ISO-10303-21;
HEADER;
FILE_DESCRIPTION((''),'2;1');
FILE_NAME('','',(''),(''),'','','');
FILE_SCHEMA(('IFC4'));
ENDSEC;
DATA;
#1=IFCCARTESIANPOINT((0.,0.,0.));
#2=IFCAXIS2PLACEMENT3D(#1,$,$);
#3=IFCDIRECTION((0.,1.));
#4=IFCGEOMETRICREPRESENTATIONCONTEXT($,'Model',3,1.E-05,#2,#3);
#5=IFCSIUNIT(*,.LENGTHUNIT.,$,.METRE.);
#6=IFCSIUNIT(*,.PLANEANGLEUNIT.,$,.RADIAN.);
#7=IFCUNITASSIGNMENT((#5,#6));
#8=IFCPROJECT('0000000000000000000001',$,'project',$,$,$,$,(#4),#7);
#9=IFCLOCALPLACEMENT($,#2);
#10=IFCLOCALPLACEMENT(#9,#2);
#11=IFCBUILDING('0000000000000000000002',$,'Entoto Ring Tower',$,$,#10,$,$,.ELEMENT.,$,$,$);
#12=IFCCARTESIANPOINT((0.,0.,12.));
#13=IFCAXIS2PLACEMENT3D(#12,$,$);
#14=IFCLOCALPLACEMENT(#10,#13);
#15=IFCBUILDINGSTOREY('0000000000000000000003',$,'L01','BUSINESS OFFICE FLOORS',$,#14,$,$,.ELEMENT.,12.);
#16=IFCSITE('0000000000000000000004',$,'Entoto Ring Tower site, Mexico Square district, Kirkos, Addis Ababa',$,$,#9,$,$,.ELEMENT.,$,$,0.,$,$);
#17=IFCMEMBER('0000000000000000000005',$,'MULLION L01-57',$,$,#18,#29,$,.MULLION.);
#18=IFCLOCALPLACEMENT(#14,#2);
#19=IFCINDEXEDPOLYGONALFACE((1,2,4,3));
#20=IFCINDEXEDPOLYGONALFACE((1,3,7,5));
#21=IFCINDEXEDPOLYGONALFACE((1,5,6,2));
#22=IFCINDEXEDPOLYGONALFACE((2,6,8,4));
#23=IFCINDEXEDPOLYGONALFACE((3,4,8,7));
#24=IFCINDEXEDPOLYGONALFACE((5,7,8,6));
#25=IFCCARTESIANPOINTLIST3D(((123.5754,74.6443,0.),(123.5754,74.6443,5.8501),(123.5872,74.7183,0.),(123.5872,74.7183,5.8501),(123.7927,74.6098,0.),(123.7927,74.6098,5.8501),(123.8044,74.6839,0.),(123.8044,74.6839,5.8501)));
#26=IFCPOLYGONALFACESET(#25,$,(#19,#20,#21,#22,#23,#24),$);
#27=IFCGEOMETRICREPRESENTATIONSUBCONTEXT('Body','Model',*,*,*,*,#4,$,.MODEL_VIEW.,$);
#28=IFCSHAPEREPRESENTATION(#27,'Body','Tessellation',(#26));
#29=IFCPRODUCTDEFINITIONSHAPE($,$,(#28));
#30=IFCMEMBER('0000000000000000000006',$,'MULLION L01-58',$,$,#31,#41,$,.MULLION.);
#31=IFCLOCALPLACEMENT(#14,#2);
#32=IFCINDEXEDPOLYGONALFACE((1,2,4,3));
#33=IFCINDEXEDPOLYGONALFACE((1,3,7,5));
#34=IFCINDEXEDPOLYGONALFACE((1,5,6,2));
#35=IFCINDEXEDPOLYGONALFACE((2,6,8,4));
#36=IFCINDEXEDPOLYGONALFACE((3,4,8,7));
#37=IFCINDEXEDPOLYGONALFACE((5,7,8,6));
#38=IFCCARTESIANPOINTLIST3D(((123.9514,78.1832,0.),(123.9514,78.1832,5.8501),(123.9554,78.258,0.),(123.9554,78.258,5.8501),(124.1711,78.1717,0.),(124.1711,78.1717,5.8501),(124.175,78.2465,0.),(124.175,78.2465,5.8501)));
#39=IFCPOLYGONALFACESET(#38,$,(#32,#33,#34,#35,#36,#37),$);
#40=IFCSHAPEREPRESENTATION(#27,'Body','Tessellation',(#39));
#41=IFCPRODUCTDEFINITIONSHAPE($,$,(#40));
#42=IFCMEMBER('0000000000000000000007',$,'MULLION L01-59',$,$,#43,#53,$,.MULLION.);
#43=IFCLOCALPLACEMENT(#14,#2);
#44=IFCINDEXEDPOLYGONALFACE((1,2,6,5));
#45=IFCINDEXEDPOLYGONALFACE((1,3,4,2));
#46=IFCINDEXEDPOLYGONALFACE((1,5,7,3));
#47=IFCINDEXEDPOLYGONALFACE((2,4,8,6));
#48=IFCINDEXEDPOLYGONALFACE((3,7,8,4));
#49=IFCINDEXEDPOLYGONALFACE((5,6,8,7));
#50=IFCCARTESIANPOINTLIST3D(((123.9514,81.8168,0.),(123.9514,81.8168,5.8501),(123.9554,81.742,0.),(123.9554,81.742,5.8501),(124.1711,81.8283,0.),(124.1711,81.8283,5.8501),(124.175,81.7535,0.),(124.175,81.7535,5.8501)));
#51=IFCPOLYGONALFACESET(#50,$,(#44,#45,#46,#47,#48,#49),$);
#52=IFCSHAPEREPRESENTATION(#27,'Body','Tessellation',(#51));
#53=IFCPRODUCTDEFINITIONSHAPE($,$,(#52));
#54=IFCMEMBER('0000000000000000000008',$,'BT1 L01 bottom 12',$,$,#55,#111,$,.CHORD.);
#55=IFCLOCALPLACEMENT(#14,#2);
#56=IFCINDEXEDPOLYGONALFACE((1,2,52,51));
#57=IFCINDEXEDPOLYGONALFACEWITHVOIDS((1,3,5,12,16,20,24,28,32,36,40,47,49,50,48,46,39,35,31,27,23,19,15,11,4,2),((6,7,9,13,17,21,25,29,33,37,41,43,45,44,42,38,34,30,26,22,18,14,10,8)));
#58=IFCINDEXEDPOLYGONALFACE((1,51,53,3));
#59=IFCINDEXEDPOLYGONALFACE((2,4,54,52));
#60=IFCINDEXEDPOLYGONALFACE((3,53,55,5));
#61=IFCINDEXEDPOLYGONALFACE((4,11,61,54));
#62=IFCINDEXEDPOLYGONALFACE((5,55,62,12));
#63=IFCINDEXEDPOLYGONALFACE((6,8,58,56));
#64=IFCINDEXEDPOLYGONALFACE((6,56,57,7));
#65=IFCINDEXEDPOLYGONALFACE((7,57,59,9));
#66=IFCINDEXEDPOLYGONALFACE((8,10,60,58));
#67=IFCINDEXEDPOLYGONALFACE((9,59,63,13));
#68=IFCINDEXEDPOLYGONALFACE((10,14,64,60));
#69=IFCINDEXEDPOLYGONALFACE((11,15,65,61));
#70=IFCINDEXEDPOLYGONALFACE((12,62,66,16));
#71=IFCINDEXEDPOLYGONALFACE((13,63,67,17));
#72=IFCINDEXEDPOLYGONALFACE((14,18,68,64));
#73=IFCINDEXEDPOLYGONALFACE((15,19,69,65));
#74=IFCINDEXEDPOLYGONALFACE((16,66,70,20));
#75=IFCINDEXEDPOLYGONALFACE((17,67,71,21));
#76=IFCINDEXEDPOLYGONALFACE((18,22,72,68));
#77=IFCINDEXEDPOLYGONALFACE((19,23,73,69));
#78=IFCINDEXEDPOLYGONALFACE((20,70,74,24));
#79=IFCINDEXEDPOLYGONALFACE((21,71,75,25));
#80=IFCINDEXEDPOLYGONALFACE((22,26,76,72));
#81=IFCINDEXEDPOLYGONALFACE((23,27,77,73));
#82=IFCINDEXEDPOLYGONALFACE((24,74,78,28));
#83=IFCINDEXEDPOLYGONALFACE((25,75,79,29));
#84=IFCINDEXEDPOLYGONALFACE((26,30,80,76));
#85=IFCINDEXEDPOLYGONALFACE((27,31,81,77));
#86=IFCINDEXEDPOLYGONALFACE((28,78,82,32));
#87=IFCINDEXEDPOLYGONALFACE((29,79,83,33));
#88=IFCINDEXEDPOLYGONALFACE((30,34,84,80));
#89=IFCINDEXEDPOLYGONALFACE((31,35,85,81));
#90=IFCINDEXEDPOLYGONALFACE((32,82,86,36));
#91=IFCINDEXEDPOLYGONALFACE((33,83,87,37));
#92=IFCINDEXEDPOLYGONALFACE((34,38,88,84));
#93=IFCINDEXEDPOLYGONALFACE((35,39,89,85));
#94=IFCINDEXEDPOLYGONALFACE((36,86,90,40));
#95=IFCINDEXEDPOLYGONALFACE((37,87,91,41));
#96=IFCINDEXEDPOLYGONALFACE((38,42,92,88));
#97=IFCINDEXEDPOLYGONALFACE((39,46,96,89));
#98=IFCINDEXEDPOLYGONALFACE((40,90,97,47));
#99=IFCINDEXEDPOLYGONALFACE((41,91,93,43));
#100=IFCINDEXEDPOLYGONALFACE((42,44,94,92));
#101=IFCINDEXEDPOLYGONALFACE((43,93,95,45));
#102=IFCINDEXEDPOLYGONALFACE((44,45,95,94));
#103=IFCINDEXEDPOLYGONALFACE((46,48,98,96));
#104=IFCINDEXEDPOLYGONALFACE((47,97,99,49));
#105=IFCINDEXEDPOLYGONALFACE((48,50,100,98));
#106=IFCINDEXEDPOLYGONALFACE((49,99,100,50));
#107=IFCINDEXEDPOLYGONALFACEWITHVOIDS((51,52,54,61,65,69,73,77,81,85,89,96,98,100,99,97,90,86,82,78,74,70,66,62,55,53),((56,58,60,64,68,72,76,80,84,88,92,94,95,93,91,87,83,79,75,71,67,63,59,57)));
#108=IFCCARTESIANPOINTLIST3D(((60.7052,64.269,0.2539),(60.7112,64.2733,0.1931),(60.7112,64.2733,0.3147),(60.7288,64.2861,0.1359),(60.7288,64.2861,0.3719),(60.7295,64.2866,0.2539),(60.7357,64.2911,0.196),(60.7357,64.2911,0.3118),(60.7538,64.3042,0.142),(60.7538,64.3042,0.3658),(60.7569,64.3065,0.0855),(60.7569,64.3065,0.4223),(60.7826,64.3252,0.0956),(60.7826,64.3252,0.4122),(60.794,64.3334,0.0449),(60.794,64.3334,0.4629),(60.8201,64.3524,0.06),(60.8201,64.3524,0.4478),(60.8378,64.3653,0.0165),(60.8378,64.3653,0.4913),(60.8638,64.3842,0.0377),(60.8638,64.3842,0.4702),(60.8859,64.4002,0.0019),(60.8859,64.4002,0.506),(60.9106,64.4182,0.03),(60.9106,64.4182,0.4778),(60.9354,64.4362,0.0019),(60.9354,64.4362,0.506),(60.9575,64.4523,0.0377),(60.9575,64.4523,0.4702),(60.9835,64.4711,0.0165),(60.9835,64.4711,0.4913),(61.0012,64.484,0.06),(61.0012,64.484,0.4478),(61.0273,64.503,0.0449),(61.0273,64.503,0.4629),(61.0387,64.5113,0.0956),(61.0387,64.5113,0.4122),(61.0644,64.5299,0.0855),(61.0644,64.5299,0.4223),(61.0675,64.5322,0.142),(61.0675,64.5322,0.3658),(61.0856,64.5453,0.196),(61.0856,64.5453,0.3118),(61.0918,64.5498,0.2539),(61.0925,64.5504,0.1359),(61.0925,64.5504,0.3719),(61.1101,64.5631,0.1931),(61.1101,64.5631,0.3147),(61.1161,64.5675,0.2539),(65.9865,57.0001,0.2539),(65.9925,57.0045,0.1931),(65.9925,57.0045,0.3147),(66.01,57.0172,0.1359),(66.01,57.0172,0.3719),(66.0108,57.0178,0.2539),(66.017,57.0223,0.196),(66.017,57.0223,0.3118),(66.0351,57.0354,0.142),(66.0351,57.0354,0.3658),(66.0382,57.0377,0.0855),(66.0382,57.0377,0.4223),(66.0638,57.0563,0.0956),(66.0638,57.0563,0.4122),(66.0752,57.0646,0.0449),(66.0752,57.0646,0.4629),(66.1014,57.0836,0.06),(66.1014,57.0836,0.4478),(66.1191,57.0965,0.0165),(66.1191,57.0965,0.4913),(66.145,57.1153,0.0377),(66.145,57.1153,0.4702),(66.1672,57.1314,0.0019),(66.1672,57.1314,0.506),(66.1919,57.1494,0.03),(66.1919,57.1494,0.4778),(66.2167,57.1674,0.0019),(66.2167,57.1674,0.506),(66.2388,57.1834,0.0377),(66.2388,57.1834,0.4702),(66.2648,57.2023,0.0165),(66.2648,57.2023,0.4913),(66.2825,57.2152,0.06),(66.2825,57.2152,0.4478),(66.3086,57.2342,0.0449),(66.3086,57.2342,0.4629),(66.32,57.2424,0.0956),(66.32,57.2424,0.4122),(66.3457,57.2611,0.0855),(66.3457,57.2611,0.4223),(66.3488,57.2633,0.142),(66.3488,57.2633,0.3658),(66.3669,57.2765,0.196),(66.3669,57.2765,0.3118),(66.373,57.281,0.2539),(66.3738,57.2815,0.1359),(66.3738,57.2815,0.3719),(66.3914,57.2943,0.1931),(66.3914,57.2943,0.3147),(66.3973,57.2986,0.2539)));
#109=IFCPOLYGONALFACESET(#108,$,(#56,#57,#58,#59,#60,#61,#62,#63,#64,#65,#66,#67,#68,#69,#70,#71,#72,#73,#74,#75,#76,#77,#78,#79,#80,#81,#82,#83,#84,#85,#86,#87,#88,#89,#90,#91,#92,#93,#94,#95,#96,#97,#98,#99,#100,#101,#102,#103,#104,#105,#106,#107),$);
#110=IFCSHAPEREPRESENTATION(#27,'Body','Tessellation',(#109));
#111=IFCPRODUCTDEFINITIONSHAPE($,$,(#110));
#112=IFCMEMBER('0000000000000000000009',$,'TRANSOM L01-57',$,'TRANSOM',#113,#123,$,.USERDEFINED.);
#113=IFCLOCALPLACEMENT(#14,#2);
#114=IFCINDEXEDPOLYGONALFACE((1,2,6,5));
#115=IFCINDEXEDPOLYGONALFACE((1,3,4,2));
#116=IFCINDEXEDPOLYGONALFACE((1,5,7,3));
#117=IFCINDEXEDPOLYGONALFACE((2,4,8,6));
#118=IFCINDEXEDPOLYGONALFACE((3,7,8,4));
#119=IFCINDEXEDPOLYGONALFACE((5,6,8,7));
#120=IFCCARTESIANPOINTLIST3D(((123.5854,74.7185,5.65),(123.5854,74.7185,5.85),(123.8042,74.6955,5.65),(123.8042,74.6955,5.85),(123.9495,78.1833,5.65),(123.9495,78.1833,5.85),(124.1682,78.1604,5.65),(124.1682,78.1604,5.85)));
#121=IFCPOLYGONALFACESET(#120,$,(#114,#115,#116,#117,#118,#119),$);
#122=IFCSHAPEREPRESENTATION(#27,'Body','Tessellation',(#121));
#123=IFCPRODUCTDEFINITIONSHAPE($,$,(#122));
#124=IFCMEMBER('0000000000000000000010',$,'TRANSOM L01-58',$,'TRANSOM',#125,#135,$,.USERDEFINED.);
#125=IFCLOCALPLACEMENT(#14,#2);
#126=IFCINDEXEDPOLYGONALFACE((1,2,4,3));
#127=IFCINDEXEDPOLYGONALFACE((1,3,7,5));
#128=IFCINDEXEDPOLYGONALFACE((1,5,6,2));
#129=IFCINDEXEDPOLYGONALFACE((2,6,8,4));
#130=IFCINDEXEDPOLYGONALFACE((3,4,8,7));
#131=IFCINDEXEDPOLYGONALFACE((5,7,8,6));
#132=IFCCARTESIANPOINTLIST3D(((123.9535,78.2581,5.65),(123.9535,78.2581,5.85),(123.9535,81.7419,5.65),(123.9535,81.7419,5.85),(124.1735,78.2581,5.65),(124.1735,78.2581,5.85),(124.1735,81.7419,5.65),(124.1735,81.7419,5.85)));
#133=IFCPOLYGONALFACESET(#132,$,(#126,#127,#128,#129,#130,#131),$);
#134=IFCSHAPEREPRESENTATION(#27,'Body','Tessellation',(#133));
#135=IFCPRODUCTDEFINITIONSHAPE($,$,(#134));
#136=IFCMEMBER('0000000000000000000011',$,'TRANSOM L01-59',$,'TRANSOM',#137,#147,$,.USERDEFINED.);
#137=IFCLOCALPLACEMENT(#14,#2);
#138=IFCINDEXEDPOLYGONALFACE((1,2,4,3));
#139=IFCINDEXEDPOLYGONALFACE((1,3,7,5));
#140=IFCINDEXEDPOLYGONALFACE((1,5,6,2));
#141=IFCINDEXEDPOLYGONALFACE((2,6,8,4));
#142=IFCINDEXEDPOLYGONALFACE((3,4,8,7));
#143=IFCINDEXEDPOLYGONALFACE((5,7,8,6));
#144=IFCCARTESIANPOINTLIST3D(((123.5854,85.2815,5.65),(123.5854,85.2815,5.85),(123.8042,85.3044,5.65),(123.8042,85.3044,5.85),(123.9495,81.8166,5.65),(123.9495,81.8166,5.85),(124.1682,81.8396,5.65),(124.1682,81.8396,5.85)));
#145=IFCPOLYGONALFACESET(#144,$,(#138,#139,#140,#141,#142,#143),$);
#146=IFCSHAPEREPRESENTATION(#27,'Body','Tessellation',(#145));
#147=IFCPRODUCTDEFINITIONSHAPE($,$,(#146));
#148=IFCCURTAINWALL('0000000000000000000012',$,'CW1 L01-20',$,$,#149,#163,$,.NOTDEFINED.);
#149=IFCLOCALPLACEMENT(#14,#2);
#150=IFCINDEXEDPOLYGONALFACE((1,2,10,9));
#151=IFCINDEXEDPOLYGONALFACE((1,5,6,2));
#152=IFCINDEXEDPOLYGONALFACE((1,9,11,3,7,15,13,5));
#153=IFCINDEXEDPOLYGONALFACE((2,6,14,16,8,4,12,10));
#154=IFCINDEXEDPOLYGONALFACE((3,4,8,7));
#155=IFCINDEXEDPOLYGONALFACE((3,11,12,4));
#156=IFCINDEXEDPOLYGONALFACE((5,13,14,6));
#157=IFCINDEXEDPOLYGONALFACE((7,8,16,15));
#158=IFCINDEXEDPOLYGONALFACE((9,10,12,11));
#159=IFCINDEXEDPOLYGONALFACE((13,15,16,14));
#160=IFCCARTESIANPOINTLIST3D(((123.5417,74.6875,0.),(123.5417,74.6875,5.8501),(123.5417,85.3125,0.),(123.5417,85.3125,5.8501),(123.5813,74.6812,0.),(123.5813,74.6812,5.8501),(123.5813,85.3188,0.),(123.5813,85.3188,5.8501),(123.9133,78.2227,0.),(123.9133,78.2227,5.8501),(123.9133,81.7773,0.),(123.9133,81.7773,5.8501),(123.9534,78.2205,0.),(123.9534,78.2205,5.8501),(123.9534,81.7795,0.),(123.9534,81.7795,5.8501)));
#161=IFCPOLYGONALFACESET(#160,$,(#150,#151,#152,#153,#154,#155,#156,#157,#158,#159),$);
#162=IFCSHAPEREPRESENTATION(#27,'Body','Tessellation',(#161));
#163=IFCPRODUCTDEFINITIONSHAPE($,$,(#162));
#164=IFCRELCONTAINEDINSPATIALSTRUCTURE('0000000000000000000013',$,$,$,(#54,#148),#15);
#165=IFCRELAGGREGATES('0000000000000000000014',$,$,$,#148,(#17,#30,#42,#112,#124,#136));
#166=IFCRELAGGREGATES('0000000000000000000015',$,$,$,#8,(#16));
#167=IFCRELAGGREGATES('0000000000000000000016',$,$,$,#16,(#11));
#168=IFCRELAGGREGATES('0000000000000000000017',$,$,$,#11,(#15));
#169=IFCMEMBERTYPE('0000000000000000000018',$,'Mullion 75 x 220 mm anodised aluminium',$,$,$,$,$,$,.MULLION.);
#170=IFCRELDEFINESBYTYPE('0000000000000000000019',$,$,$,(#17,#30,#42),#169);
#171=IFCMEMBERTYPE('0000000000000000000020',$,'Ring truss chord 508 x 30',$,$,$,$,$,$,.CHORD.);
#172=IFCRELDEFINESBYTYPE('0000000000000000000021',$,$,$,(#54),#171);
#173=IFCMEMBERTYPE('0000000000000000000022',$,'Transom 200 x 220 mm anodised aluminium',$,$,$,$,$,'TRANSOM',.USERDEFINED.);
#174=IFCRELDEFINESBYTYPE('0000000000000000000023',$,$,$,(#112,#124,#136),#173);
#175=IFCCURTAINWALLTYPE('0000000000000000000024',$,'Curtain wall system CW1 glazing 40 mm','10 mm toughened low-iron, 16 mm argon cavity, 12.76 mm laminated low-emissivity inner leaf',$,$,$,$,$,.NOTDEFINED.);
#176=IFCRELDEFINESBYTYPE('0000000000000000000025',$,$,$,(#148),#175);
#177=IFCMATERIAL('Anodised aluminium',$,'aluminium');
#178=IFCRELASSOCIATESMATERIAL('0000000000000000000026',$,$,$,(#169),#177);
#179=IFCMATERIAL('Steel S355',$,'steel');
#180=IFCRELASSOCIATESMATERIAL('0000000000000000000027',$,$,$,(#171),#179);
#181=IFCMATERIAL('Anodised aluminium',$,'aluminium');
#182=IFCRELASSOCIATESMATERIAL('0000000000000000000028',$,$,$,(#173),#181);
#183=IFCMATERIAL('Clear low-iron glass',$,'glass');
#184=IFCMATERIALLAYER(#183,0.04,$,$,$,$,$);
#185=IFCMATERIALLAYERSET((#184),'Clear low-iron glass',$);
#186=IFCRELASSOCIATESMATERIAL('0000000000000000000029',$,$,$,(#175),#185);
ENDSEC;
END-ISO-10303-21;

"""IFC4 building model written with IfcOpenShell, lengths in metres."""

from ifc_helpers import new_model, si_unit, direction, frame, origin, origin_2d, place, context, subcontext, project, spatial, polyline, rectangle, circle, hollow_circle, outline, extrude, material, layer, layer_set, material_profile, profile_set, type_object, element, aggregate, save


model = new_model("IFC4")

# Units and contexts
model_context = context("Model", 3, precision=1e-05, world=origin(), true_north=direction((0.0, 1.0)))
body_context = subcontext(model_context, "Body", "Model", "MODEL_VIEW")
ifc_project = project(units=[si_unit("LENGTHUNIT", "METRE"), si_unit("PLANEANGLEUNIT", "RADIAN")], contexts=[model_context])

# Site, building, storey
site_placement = place(None, origin())
site = spatial("IfcSite", under=ifc_project, at=site_placement, Name="Entoto Ring Tower site, Mexico Square district, Kirkos, Addis Ababa", CompositionType="ELEMENT", RefElevation=0.0)
building_placement = place(site_placement, origin())
building = spatial("IfcBuilding", under=site, at=building_placement, Name="Entoto Ring Tower", CompositionType="ELEMENT")
storey_placement = place(building_placement, frame((0.0, 0.0, 12.0)))
storey = spatial("IfcBuildingStorey", under=building, at=storey_placement, Name="L01", Description="BUSINESS OFFICE FLOORS", CompositionType="ELEMENT", Elevation=12.0)

# Members
ifc_material_1 = material(Name="Anodised aluminium", Category="aluminium")
ifc_material_profile_1 = material_profile(ifc_material_1, rectangle(XDim=0.075, YDim=0.22, at=origin_2d()), Name="Mullion 75 x 220 mm anodised aluminium")
ifc_profile_set_1 = profile_set([ifc_material_profile_1], Name="Anodised aluminium")
member_type_1 = type_object("IfcMemberType", Name="Mullion 75 x 220 mm anodised aluminium", PredefinedType="MULLION", material=ifc_profile_set_1)
member_1_placement = place(storey_placement, frame((123.6899, 74.6641, 0.0), z_axis=(0.0, 0.0, 1.0), x_axis=(0.156434, 0.987688, 0.0)))
member_1 = element("IfcMember", 1, at=member_1_placement, type_object=member_type_1, Name="MULLION L01-57", PredefinedType="MULLION", context=body_context, shape_type="SweptSolid", body=[
    extrude(rectangle(XDim=0.075, YDim=0.22, at=origin_2d()), origin(), (0.0, 0.0, 1.0), 5.8501),
])
member_2_placement = place(storey_placement, frame((124.0632, 78.2148, 0.0), z_axis=(0.0, 0.0, 1.0), x_axis=(0.052336, 0.99863, 0.0)))
member_2 = element("IfcMember", 2, at=member_2_placement, type_object=member_type_1, Name="MULLION L01-58", PredefinedType="MULLION", context=body_context, shape_type="SweptSolid", body=[
    extrude(rectangle(XDim=0.075, YDim=0.22, at=origin_2d()), origin(), (0.0, 0.0, 1.0), 5.8501),
])
member_3_placement = place(storey_placement, frame((124.0632, 81.7852, 0.0), z_axis=(0.0, 0.0, 1.0), x_axis=(-0.052336, 0.99863, 0.0)))
member_3 = element("IfcMember", 3, at=member_3_placement, type_object=member_type_1, Name="MULLION L01-59", PredefinedType="MULLION", context=body_context, shape_type="SweptSolid", body=[
    extrude(rectangle(XDim=0.075, YDim=0.22, at=origin_2d()), origin(), (0.0, 0.0, 1.0), 5.8501),
])

# Member
ifc_material_2 = material(Name="Steel S355", Category="steel")
ifc_material_profile_2 = material_profile(ifc_material_2, hollow_circle(Radius=0.2539, WallThickness=0.03, at=origin_2d()), Name="CHS 508 x 30")
ifc_material_3 = material(Name="Concrete C60/75", Category="concrete")
ifc_material_profile_3 = material_profile(ifc_material_3, circle(Radius=0.2241, at=origin_2d()), Name="Concrete C60/75 infill")
ifc_profile_set_2 = profile_set([ifc_material_profile_2, ifc_material_profile_3], Name="Steel S355")
member_type_2 = type_object("IfcMemberType", Name="Ring truss chord 508 x 30", PredefinedType="CHORD", material=ifc_profile_set_2)
member_4_placement = place(storey_placement, frame((60.9106, 64.4182, 0.2539), z_axis=(0.587797, -0.809009, 0.0), x_axis=(0.809009, 0.587797, 0.0)))
element("IfcMember", 4, at=member_4_placement, inside=storey, type_object=member_type_2, Name="BT1 L01 bottom 12", PredefinedType="CHORD", context=body_context, shape_type="SweptSolid", body=[
    extrude(hollow_circle(Radius=0.2539, WallThickness=0.03, at=origin_2d()), origin(), (0.0, 0.0, 1.0), 8.9849),
])

# Members
ifc_material_4 = material(Name="Anodised aluminium", Category="aluminium")
ifc_material_profile_4 = material_profile(ifc_material_4, rectangle(XDim=0.22, YDim=0.2, at=origin_2d()), Name="Transom 200 x 220 mm anodised aluminium")
ifc_profile_set_3 = profile_set([ifc_material_profile_4], Name="Anodised aluminium")
member_type_3 = type_object("IfcMemberType", Name="Transom 200 x 220 mm anodised aluminium", ElementType="TRANSOM", PredefinedType="USERDEFINED", material=ifc_profile_set_3)
member_5_placement = place(storey_placement, frame((123.6948, 74.707, 5.75), z_axis=(0.104484, 0.994527, 0.0), x_axis=(-0.994527, 0.104484, 0.0)))
member_5 = element("IfcMember", 5, at=member_5_placement, type_object=member_type_3, Name="TRANSOM L01-57", ObjectType="TRANSOM", PredefinedType="USERDEFINED", context=body_context, shape_type="SweptSolid", body=[
    extrude(rectangle(XDim=0.22, YDim=0.2, at=origin_2d()), origin(), (0.0, 0.0, 1.0), 3.4839),
])
member_6_placement = place(storey_placement, frame((124.0635, 78.2581, 5.75), z_axis=(0.0, 1.0, 0.0), x_axis=(-1.0, 0.0, 0.0)))
member_6 = element("IfcMember", 6, at=member_6_placement, type_object=member_type_3, Name="TRANSOM L01-58", ObjectType="TRANSOM", PredefinedType="USERDEFINED", context=body_context, shape_type="SweptSolid", body=[
    extrude(rectangle(XDim=0.22, YDim=0.2, at=origin_2d()), origin(), (0.0, 0.0, 1.0), 3.4839),
])
member_7_placement = place(storey_placement, frame((124.0588, 81.8281, 5.75), z_axis=(-0.104484, 0.994527, 0.0), x_axis=(-0.994527, -0.104484, 0.0)))
member_7 = element("IfcMember", 7, at=member_7_placement, type_object=member_type_3, Name="TRANSOM L01-59", ObjectType="TRANSOM", PredefinedType="USERDEFINED", context=body_context, shape_type="SweptSolid", body=[
    extrude(rectangle(XDim=0.22, YDim=0.2, at=origin_2d()), origin(), (0.0, 0.0, 1.0), 3.4839),
])

# Curtain wall
ifc_material_5 = material(Name="Clear low-iron glass", Category="glass")
ifc_layer_1 = layer(ifc_material_5, 0.04)
ifc_layer_set_1 = layer_set([ifc_layer_1], Name="Clear low-iron glass")
curtain_wall_type = type_object("IfcCurtainWallType", Name="Curtain wall system CW1 glazing 40 mm", Description="10 mm toughened low-iron, 16 mm argon cavity, 12.76 mm laminated low-emissivity inner leaf", PredefinedType="NOTDEFINED", material=ifc_layer_set_1)
curtain_wall_1_placement = place(storey_placement, origin())
curtain_wall_1 = element("IfcCurtainWall", 8, at=curtain_wall_1_placement, inside=storey, type_object=curtain_wall_type, Name="CW1 L01-20", PredefinedType="NOTDEFINED", context=body_context, shape_type="SweptSolid", body=[
    extrude(outline(polyline([(123.5813, 74.6812), (123.9534, 78.2205), (123.9534, 81.7795), (123.5813, 85.3188), (123.5417, 85.3125), (123.9133, 81.7773), (123.9133, 78.2227), (123.5417, 74.6875), (123.5813, 74.6812)])), origin(), (0.0, 0.0, 1.0), 5.8501),
])
aggregate(curtain_wall_1, [member_1, member_2, member_3, member_5, member_6, member_7])

save(model, "model.ifc")
